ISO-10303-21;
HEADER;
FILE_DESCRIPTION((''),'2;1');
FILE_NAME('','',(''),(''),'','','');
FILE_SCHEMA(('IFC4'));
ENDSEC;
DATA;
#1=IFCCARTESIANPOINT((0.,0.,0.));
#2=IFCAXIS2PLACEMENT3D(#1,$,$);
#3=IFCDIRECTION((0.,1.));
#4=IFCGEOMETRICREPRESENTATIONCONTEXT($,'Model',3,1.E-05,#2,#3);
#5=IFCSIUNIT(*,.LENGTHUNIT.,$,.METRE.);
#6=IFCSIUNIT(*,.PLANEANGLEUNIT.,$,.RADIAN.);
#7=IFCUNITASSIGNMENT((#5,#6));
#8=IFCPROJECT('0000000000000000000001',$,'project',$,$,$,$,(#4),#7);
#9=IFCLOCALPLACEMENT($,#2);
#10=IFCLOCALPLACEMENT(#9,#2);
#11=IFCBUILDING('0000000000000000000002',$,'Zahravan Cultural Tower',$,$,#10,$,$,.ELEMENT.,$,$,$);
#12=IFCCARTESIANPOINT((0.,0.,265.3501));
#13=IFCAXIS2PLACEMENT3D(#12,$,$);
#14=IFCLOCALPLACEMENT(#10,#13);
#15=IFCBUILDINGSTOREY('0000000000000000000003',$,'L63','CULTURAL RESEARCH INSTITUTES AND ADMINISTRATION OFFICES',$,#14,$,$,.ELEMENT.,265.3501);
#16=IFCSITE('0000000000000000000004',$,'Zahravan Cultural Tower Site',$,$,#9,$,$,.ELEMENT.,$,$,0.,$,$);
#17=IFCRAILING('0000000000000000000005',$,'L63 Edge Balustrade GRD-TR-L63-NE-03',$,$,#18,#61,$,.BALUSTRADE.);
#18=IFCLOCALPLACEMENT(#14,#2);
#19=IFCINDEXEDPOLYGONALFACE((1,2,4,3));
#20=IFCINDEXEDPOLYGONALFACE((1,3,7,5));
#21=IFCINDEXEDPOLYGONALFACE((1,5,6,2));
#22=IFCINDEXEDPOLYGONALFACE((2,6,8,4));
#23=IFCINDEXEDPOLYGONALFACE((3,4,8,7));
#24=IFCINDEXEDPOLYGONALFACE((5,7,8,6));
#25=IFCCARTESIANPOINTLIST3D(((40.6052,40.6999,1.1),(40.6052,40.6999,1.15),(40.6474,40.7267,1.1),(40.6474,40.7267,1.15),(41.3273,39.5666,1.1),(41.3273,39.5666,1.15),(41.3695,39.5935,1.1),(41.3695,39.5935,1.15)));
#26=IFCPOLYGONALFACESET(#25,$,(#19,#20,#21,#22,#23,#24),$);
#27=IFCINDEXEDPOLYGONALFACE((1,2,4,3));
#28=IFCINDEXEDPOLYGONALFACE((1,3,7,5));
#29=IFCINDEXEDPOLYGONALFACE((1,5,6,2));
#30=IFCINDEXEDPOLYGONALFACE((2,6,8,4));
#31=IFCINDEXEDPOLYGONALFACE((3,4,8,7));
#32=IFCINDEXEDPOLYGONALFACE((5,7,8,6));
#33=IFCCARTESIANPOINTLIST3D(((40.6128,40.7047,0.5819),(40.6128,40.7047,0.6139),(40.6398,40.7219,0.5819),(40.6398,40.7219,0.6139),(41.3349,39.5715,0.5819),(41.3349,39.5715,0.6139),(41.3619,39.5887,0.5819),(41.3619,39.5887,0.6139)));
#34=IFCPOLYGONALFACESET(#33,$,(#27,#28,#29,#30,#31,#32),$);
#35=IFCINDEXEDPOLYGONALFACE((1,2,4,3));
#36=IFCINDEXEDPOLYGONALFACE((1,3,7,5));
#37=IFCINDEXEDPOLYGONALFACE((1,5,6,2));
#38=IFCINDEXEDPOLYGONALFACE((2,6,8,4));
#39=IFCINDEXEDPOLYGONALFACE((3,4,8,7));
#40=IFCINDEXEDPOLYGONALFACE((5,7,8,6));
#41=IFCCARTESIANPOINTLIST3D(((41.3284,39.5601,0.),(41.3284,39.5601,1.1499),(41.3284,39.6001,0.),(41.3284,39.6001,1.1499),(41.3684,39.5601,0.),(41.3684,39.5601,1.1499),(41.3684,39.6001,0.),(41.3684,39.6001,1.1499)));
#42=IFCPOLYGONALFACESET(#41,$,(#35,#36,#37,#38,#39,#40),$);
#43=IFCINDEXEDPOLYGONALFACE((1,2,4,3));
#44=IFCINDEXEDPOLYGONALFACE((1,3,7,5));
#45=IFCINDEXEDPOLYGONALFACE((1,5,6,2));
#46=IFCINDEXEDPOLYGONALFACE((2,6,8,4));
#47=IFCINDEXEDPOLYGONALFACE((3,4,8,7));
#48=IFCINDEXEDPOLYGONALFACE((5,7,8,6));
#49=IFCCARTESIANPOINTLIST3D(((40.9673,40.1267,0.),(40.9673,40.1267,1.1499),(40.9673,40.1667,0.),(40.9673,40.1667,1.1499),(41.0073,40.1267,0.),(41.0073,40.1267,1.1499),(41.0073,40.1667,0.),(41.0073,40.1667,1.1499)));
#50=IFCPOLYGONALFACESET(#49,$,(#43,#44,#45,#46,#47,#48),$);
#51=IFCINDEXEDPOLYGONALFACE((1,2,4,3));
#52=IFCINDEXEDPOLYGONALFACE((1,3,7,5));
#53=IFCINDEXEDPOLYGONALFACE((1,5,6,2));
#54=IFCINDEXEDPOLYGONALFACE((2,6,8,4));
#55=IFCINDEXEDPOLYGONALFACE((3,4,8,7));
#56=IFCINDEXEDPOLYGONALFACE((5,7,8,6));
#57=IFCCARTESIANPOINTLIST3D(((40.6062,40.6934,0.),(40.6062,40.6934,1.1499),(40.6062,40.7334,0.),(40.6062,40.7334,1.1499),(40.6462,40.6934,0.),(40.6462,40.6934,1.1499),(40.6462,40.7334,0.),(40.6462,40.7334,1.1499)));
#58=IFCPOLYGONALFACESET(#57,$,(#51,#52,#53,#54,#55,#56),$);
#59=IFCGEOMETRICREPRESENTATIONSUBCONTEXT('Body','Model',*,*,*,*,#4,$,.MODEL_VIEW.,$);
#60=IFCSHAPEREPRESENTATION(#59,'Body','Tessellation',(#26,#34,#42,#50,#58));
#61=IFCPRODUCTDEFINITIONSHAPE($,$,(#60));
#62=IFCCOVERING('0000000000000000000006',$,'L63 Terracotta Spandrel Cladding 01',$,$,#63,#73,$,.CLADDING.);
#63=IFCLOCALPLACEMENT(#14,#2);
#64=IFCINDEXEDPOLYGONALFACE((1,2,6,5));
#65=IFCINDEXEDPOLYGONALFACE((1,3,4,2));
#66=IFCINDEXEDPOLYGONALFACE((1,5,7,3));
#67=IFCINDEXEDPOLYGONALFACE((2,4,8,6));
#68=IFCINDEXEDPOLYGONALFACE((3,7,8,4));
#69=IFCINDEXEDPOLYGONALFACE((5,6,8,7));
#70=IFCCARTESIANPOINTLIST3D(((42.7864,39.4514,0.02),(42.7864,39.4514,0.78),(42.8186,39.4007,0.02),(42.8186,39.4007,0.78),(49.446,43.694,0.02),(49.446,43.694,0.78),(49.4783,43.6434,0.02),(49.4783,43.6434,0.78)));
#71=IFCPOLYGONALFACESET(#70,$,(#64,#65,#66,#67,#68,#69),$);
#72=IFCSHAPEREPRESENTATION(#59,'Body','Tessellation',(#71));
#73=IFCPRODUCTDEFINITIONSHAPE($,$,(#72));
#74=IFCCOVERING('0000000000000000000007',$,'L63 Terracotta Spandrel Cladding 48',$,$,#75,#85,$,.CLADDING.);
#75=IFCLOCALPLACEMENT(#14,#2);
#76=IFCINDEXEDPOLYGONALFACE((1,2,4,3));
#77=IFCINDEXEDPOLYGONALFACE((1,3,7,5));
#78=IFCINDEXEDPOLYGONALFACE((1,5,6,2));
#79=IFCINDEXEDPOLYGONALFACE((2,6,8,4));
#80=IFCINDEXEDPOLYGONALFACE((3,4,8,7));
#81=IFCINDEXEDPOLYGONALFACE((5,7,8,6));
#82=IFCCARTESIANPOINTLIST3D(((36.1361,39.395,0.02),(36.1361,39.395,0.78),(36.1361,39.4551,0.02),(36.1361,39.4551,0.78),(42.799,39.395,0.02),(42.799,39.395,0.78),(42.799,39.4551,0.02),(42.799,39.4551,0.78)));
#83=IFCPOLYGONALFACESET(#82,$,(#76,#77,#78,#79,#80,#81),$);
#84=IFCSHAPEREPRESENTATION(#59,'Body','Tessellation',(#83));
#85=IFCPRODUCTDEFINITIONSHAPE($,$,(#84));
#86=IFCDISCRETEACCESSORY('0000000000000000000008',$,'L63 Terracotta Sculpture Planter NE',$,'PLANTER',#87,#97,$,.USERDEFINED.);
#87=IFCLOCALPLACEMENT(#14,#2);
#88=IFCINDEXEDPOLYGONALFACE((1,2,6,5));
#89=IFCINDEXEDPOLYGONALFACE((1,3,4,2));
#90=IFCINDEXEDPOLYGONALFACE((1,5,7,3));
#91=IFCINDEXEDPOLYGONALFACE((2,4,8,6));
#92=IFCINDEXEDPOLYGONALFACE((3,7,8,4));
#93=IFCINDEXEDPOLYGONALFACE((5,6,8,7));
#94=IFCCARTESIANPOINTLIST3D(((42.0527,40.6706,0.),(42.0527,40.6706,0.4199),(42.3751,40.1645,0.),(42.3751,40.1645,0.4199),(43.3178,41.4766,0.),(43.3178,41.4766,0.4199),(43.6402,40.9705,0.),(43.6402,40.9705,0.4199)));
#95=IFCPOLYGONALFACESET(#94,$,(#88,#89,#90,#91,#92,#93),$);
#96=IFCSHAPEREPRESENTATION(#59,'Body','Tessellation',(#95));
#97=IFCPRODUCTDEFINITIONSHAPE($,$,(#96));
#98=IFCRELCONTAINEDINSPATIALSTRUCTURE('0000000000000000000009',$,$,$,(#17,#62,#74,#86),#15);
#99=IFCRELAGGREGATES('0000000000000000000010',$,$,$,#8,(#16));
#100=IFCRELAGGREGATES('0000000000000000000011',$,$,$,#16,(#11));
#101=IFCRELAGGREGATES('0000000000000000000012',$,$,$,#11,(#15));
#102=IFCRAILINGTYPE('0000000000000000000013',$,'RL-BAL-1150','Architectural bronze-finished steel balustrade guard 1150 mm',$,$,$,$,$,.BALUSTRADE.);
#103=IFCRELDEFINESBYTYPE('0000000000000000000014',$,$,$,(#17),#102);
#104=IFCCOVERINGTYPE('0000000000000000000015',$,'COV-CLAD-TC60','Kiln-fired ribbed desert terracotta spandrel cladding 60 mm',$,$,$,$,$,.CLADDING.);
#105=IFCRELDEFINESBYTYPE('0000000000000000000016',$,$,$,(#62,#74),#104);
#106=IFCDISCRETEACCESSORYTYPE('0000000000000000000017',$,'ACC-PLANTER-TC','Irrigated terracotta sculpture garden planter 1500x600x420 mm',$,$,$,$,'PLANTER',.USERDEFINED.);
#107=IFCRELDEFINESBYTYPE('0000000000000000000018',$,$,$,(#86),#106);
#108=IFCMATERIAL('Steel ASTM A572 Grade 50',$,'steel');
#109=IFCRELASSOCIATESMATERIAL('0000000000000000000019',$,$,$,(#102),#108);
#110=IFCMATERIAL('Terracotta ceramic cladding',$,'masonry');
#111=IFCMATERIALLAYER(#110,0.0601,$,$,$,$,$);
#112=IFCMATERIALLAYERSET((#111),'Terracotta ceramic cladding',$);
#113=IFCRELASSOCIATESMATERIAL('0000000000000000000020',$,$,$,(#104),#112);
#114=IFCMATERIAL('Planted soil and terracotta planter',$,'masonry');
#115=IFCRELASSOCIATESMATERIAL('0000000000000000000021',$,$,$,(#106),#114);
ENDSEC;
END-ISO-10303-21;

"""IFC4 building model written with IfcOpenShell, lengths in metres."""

from ifc_helpers import new_model, si_unit, direction, frame, origin, origin_2d, place, context, subcontext, project, spatial, rectangle, extrude, source, transform, mapped, material, layer, layer_set, type_object, element, save


model = new_model("IFC4")

# Units and contexts
model_context = context("Model", 3, precision=1e-05, world=origin(), true_north=direction((0.0, 1.0)))
body_context = subcontext(model_context, "Body", "Model", "MODEL_VIEW")
ifc_project = project(units=[si_unit("LENGTHUNIT", "METRE"), si_unit("PLANEANGLEUNIT", "RADIAN")], contexts=[model_context])

# Site, building, storey
site_placement = place(None, origin())
site = spatial("IfcSite", under=ifc_project, at=site_placement, Name="Zahravan Cultural Tower Site", CompositionType="ELEMENT", RefElevation=0.0)
building_placement = place(site_placement, origin())
building = spatial("IfcBuilding", under=site, at=building_placement, Name="Zahravan Cultural Tower", CompositionType="ELEMENT")
storey_placement = place(building_placement, frame((0.0, 0.0, 265.3501)))
storey = spatial("IfcBuildingStorey", under=building, at=storey_placement, Name="L63", Description="CULTURAL RESEARCH INSTITUTES AND ADMINISTRATION OFFICES", CompositionType="ELEMENT", Elevation=265.3501)

# Railing
ifc_material_1 = material(Name="Steel ASTM A572 Grade 50", Category="steel")
railing_type = type_object("IfcRailingType", Name="RL-BAL-1150", Description="Architectural bronze-finished steel balustrade guard 1150 mm", PredefinedType="BALUSTRADE", material=ifc_material_1)
railing_1_placement = place(storey_placement, frame((41.3484, 39.5801, 0.0)))
element("IfcRailing", 1, at=railing_1_placement, inside=storey, type_object=railing_type, Name="L63 Edge Balustrade GRD-TR-L63-NE-03", PredefinedType="BALUSTRADE", context=body_context, shape_type="SweptSolid", body=[
    extrude(rectangle(XDim=0.05, YDim=0.05, at=origin_2d()), frame((0.0, 0.0, 1.125), z_axis=(-0.537393, 0.843332, 0.0), x_axis=(-0.843332, -0.537393, 0.0)), (0.0, 0.0, 1.0), 1.3438),
    extrude(rectangle(XDim=0.032, YDim=0.032, at=origin_2d()), frame((0.0, 0.0, 0.5979), z_axis=(-0.537393, 0.843332, 0.0), x_axis=(-0.843332, -0.537393, 0.0)), (0.0, 0.0, 1.0), 1.3438),
    extrude(rectangle(XDim=0.04, YDim=0.04, at=origin_2d()), origin(), (0.0, 0.0, 1.0), 1.1499),
    extrude(rectangle(XDim=0.04, YDim=0.04, at=origin_2d()), frame((-0.3611, 0.5667, 0.0)), (0.0, 0.0, 1.0), 1.1499),
    extrude(rectangle(XDim=0.04, YDim=0.04, at=origin_2d()), frame((-0.7222, 1.1333, 0.0)), (0.0, 0.0, 1.0), 1.1499),
])

# Coverings
ifc_material_2 = material(Name="Terracotta ceramic cladding", Category="masonry")
ifc_layer_1 = layer(ifc_material_2, 0.0601)
ifc_layer_set_1 = layer_set([ifc_layer_1], Name="Terracotta ceramic cladding")
covering_type = type_object("IfcCoveringType", Name="COV-CLAD-TC60", Description="Kiln-fired ribbed desert terracotta spandrel cladding 60 mm", PredefinedType="CLADDING", material=ifc_layer_set_1)
shared_shape_1 = source(origin(), body_context, "Body", "SweptSolid", [
    extrude(rectangle(XDim=7.8962, YDim=0.0601, at=origin_2d()), origin(), (0.0, 0.0, 1.0), 0.76),
])
covering_1_placement = place(storey_placement, frame((46.1323, 41.5474, 0.02), z_axis=(0.0, 0.0, 1.0), x_axis=(0.843391, 0.5373, 0.0)))
element("IfcCovering", 2, at=covering_1_placement, inside=storey, type_object=covering_type, Name="L63 Terracotta Spandrel Cladding 01", PredefinedType="CLADDING", context=body_context, shape_type="MappedRepresentation", body=[
    mapped(shared_shape_1, transform((0.0, 0.0, 0.0), x_axis=(1.0, 0.0, 0.0), y_axis=(0.0, 1.0, 0.0), z_axis=(0.0, 0.0, 1.0), scale=1.0)),
])
shared_shape_2 = source(origin(), body_context, "Body", "SweptSolid", [
    extrude(rectangle(XDim=6.6628, YDim=0.0601, at=origin_2d()), origin(), (0.0, 0.0, 1.0), 0.76),
])
covering_2_placement = place(storey_placement, frame((39.4675, 39.425, 0.02), z_axis=(0.0, 0.0, 1.0), x_axis=(1.0, 0.0, 0.0)))
element("IfcCovering", 3, at=covering_2_placement, inside=storey, type_object=covering_type, Name="L63 Terracotta Spandrel Cladding 48", PredefinedType="CLADDING", context=body_context, shape_type="MappedRepresentation", body=[
    mapped(shared_shape_2, transform((0.0, 0.0, 0.0), x_axis=(1.0, 0.0, 0.0), y_axis=(0.0, 1.0, 0.0), z_axis=(0.0, 0.0, 1.0), scale=1.0)),
])

# Discrete accessory
ifc_material_3 = material(Name="Planted soil and terracotta planter", Category="masonry")
discrete_accessory_type = type_object("IfcDiscreteAccessoryType", Name="ACC-PLANTER-TC", Description="Irrigated terracotta sculpture garden planter 1500x600x420 mm", ElementType="PLANTER", PredefinedType="USERDEFINED", material=ifc_material_3)
shared_shape_3 = source(origin(), body_context, "Body", "SweptSolid", [
    extrude(rectangle(XDim=1.5, YDim=0.6001, at=origin_2d()), origin(), (0.0, 0.0, 1.0), 0.4199),
])
discrete_accessory_placement = place(storey_placement, frame((42.8464, 40.8206, 0.0), z_axis=(0.0, 0.0, 1.0), x_axis=(0.843391, 0.5373, 0.0)))
element("IfcDiscreteAccessory", 4, at=discrete_accessory_placement, inside=storey, type_object=discrete_accessory_type, Name="L63 Terracotta Sculpture Planter NE", ObjectType="PLANTER", PredefinedType="USERDEFINED", context=body_context, shape_type="MappedRepresentation", body=[
    mapped(shared_shape_3, transform((0.0, 0.0, 0.0), x_axis=(1.0, 0.0, 0.0), y_axis=(0.0, 1.0, 0.0), z_axis=(0.0, 0.0, 1.0), scale=1.0)),
])

save(model, "model.ifc")
